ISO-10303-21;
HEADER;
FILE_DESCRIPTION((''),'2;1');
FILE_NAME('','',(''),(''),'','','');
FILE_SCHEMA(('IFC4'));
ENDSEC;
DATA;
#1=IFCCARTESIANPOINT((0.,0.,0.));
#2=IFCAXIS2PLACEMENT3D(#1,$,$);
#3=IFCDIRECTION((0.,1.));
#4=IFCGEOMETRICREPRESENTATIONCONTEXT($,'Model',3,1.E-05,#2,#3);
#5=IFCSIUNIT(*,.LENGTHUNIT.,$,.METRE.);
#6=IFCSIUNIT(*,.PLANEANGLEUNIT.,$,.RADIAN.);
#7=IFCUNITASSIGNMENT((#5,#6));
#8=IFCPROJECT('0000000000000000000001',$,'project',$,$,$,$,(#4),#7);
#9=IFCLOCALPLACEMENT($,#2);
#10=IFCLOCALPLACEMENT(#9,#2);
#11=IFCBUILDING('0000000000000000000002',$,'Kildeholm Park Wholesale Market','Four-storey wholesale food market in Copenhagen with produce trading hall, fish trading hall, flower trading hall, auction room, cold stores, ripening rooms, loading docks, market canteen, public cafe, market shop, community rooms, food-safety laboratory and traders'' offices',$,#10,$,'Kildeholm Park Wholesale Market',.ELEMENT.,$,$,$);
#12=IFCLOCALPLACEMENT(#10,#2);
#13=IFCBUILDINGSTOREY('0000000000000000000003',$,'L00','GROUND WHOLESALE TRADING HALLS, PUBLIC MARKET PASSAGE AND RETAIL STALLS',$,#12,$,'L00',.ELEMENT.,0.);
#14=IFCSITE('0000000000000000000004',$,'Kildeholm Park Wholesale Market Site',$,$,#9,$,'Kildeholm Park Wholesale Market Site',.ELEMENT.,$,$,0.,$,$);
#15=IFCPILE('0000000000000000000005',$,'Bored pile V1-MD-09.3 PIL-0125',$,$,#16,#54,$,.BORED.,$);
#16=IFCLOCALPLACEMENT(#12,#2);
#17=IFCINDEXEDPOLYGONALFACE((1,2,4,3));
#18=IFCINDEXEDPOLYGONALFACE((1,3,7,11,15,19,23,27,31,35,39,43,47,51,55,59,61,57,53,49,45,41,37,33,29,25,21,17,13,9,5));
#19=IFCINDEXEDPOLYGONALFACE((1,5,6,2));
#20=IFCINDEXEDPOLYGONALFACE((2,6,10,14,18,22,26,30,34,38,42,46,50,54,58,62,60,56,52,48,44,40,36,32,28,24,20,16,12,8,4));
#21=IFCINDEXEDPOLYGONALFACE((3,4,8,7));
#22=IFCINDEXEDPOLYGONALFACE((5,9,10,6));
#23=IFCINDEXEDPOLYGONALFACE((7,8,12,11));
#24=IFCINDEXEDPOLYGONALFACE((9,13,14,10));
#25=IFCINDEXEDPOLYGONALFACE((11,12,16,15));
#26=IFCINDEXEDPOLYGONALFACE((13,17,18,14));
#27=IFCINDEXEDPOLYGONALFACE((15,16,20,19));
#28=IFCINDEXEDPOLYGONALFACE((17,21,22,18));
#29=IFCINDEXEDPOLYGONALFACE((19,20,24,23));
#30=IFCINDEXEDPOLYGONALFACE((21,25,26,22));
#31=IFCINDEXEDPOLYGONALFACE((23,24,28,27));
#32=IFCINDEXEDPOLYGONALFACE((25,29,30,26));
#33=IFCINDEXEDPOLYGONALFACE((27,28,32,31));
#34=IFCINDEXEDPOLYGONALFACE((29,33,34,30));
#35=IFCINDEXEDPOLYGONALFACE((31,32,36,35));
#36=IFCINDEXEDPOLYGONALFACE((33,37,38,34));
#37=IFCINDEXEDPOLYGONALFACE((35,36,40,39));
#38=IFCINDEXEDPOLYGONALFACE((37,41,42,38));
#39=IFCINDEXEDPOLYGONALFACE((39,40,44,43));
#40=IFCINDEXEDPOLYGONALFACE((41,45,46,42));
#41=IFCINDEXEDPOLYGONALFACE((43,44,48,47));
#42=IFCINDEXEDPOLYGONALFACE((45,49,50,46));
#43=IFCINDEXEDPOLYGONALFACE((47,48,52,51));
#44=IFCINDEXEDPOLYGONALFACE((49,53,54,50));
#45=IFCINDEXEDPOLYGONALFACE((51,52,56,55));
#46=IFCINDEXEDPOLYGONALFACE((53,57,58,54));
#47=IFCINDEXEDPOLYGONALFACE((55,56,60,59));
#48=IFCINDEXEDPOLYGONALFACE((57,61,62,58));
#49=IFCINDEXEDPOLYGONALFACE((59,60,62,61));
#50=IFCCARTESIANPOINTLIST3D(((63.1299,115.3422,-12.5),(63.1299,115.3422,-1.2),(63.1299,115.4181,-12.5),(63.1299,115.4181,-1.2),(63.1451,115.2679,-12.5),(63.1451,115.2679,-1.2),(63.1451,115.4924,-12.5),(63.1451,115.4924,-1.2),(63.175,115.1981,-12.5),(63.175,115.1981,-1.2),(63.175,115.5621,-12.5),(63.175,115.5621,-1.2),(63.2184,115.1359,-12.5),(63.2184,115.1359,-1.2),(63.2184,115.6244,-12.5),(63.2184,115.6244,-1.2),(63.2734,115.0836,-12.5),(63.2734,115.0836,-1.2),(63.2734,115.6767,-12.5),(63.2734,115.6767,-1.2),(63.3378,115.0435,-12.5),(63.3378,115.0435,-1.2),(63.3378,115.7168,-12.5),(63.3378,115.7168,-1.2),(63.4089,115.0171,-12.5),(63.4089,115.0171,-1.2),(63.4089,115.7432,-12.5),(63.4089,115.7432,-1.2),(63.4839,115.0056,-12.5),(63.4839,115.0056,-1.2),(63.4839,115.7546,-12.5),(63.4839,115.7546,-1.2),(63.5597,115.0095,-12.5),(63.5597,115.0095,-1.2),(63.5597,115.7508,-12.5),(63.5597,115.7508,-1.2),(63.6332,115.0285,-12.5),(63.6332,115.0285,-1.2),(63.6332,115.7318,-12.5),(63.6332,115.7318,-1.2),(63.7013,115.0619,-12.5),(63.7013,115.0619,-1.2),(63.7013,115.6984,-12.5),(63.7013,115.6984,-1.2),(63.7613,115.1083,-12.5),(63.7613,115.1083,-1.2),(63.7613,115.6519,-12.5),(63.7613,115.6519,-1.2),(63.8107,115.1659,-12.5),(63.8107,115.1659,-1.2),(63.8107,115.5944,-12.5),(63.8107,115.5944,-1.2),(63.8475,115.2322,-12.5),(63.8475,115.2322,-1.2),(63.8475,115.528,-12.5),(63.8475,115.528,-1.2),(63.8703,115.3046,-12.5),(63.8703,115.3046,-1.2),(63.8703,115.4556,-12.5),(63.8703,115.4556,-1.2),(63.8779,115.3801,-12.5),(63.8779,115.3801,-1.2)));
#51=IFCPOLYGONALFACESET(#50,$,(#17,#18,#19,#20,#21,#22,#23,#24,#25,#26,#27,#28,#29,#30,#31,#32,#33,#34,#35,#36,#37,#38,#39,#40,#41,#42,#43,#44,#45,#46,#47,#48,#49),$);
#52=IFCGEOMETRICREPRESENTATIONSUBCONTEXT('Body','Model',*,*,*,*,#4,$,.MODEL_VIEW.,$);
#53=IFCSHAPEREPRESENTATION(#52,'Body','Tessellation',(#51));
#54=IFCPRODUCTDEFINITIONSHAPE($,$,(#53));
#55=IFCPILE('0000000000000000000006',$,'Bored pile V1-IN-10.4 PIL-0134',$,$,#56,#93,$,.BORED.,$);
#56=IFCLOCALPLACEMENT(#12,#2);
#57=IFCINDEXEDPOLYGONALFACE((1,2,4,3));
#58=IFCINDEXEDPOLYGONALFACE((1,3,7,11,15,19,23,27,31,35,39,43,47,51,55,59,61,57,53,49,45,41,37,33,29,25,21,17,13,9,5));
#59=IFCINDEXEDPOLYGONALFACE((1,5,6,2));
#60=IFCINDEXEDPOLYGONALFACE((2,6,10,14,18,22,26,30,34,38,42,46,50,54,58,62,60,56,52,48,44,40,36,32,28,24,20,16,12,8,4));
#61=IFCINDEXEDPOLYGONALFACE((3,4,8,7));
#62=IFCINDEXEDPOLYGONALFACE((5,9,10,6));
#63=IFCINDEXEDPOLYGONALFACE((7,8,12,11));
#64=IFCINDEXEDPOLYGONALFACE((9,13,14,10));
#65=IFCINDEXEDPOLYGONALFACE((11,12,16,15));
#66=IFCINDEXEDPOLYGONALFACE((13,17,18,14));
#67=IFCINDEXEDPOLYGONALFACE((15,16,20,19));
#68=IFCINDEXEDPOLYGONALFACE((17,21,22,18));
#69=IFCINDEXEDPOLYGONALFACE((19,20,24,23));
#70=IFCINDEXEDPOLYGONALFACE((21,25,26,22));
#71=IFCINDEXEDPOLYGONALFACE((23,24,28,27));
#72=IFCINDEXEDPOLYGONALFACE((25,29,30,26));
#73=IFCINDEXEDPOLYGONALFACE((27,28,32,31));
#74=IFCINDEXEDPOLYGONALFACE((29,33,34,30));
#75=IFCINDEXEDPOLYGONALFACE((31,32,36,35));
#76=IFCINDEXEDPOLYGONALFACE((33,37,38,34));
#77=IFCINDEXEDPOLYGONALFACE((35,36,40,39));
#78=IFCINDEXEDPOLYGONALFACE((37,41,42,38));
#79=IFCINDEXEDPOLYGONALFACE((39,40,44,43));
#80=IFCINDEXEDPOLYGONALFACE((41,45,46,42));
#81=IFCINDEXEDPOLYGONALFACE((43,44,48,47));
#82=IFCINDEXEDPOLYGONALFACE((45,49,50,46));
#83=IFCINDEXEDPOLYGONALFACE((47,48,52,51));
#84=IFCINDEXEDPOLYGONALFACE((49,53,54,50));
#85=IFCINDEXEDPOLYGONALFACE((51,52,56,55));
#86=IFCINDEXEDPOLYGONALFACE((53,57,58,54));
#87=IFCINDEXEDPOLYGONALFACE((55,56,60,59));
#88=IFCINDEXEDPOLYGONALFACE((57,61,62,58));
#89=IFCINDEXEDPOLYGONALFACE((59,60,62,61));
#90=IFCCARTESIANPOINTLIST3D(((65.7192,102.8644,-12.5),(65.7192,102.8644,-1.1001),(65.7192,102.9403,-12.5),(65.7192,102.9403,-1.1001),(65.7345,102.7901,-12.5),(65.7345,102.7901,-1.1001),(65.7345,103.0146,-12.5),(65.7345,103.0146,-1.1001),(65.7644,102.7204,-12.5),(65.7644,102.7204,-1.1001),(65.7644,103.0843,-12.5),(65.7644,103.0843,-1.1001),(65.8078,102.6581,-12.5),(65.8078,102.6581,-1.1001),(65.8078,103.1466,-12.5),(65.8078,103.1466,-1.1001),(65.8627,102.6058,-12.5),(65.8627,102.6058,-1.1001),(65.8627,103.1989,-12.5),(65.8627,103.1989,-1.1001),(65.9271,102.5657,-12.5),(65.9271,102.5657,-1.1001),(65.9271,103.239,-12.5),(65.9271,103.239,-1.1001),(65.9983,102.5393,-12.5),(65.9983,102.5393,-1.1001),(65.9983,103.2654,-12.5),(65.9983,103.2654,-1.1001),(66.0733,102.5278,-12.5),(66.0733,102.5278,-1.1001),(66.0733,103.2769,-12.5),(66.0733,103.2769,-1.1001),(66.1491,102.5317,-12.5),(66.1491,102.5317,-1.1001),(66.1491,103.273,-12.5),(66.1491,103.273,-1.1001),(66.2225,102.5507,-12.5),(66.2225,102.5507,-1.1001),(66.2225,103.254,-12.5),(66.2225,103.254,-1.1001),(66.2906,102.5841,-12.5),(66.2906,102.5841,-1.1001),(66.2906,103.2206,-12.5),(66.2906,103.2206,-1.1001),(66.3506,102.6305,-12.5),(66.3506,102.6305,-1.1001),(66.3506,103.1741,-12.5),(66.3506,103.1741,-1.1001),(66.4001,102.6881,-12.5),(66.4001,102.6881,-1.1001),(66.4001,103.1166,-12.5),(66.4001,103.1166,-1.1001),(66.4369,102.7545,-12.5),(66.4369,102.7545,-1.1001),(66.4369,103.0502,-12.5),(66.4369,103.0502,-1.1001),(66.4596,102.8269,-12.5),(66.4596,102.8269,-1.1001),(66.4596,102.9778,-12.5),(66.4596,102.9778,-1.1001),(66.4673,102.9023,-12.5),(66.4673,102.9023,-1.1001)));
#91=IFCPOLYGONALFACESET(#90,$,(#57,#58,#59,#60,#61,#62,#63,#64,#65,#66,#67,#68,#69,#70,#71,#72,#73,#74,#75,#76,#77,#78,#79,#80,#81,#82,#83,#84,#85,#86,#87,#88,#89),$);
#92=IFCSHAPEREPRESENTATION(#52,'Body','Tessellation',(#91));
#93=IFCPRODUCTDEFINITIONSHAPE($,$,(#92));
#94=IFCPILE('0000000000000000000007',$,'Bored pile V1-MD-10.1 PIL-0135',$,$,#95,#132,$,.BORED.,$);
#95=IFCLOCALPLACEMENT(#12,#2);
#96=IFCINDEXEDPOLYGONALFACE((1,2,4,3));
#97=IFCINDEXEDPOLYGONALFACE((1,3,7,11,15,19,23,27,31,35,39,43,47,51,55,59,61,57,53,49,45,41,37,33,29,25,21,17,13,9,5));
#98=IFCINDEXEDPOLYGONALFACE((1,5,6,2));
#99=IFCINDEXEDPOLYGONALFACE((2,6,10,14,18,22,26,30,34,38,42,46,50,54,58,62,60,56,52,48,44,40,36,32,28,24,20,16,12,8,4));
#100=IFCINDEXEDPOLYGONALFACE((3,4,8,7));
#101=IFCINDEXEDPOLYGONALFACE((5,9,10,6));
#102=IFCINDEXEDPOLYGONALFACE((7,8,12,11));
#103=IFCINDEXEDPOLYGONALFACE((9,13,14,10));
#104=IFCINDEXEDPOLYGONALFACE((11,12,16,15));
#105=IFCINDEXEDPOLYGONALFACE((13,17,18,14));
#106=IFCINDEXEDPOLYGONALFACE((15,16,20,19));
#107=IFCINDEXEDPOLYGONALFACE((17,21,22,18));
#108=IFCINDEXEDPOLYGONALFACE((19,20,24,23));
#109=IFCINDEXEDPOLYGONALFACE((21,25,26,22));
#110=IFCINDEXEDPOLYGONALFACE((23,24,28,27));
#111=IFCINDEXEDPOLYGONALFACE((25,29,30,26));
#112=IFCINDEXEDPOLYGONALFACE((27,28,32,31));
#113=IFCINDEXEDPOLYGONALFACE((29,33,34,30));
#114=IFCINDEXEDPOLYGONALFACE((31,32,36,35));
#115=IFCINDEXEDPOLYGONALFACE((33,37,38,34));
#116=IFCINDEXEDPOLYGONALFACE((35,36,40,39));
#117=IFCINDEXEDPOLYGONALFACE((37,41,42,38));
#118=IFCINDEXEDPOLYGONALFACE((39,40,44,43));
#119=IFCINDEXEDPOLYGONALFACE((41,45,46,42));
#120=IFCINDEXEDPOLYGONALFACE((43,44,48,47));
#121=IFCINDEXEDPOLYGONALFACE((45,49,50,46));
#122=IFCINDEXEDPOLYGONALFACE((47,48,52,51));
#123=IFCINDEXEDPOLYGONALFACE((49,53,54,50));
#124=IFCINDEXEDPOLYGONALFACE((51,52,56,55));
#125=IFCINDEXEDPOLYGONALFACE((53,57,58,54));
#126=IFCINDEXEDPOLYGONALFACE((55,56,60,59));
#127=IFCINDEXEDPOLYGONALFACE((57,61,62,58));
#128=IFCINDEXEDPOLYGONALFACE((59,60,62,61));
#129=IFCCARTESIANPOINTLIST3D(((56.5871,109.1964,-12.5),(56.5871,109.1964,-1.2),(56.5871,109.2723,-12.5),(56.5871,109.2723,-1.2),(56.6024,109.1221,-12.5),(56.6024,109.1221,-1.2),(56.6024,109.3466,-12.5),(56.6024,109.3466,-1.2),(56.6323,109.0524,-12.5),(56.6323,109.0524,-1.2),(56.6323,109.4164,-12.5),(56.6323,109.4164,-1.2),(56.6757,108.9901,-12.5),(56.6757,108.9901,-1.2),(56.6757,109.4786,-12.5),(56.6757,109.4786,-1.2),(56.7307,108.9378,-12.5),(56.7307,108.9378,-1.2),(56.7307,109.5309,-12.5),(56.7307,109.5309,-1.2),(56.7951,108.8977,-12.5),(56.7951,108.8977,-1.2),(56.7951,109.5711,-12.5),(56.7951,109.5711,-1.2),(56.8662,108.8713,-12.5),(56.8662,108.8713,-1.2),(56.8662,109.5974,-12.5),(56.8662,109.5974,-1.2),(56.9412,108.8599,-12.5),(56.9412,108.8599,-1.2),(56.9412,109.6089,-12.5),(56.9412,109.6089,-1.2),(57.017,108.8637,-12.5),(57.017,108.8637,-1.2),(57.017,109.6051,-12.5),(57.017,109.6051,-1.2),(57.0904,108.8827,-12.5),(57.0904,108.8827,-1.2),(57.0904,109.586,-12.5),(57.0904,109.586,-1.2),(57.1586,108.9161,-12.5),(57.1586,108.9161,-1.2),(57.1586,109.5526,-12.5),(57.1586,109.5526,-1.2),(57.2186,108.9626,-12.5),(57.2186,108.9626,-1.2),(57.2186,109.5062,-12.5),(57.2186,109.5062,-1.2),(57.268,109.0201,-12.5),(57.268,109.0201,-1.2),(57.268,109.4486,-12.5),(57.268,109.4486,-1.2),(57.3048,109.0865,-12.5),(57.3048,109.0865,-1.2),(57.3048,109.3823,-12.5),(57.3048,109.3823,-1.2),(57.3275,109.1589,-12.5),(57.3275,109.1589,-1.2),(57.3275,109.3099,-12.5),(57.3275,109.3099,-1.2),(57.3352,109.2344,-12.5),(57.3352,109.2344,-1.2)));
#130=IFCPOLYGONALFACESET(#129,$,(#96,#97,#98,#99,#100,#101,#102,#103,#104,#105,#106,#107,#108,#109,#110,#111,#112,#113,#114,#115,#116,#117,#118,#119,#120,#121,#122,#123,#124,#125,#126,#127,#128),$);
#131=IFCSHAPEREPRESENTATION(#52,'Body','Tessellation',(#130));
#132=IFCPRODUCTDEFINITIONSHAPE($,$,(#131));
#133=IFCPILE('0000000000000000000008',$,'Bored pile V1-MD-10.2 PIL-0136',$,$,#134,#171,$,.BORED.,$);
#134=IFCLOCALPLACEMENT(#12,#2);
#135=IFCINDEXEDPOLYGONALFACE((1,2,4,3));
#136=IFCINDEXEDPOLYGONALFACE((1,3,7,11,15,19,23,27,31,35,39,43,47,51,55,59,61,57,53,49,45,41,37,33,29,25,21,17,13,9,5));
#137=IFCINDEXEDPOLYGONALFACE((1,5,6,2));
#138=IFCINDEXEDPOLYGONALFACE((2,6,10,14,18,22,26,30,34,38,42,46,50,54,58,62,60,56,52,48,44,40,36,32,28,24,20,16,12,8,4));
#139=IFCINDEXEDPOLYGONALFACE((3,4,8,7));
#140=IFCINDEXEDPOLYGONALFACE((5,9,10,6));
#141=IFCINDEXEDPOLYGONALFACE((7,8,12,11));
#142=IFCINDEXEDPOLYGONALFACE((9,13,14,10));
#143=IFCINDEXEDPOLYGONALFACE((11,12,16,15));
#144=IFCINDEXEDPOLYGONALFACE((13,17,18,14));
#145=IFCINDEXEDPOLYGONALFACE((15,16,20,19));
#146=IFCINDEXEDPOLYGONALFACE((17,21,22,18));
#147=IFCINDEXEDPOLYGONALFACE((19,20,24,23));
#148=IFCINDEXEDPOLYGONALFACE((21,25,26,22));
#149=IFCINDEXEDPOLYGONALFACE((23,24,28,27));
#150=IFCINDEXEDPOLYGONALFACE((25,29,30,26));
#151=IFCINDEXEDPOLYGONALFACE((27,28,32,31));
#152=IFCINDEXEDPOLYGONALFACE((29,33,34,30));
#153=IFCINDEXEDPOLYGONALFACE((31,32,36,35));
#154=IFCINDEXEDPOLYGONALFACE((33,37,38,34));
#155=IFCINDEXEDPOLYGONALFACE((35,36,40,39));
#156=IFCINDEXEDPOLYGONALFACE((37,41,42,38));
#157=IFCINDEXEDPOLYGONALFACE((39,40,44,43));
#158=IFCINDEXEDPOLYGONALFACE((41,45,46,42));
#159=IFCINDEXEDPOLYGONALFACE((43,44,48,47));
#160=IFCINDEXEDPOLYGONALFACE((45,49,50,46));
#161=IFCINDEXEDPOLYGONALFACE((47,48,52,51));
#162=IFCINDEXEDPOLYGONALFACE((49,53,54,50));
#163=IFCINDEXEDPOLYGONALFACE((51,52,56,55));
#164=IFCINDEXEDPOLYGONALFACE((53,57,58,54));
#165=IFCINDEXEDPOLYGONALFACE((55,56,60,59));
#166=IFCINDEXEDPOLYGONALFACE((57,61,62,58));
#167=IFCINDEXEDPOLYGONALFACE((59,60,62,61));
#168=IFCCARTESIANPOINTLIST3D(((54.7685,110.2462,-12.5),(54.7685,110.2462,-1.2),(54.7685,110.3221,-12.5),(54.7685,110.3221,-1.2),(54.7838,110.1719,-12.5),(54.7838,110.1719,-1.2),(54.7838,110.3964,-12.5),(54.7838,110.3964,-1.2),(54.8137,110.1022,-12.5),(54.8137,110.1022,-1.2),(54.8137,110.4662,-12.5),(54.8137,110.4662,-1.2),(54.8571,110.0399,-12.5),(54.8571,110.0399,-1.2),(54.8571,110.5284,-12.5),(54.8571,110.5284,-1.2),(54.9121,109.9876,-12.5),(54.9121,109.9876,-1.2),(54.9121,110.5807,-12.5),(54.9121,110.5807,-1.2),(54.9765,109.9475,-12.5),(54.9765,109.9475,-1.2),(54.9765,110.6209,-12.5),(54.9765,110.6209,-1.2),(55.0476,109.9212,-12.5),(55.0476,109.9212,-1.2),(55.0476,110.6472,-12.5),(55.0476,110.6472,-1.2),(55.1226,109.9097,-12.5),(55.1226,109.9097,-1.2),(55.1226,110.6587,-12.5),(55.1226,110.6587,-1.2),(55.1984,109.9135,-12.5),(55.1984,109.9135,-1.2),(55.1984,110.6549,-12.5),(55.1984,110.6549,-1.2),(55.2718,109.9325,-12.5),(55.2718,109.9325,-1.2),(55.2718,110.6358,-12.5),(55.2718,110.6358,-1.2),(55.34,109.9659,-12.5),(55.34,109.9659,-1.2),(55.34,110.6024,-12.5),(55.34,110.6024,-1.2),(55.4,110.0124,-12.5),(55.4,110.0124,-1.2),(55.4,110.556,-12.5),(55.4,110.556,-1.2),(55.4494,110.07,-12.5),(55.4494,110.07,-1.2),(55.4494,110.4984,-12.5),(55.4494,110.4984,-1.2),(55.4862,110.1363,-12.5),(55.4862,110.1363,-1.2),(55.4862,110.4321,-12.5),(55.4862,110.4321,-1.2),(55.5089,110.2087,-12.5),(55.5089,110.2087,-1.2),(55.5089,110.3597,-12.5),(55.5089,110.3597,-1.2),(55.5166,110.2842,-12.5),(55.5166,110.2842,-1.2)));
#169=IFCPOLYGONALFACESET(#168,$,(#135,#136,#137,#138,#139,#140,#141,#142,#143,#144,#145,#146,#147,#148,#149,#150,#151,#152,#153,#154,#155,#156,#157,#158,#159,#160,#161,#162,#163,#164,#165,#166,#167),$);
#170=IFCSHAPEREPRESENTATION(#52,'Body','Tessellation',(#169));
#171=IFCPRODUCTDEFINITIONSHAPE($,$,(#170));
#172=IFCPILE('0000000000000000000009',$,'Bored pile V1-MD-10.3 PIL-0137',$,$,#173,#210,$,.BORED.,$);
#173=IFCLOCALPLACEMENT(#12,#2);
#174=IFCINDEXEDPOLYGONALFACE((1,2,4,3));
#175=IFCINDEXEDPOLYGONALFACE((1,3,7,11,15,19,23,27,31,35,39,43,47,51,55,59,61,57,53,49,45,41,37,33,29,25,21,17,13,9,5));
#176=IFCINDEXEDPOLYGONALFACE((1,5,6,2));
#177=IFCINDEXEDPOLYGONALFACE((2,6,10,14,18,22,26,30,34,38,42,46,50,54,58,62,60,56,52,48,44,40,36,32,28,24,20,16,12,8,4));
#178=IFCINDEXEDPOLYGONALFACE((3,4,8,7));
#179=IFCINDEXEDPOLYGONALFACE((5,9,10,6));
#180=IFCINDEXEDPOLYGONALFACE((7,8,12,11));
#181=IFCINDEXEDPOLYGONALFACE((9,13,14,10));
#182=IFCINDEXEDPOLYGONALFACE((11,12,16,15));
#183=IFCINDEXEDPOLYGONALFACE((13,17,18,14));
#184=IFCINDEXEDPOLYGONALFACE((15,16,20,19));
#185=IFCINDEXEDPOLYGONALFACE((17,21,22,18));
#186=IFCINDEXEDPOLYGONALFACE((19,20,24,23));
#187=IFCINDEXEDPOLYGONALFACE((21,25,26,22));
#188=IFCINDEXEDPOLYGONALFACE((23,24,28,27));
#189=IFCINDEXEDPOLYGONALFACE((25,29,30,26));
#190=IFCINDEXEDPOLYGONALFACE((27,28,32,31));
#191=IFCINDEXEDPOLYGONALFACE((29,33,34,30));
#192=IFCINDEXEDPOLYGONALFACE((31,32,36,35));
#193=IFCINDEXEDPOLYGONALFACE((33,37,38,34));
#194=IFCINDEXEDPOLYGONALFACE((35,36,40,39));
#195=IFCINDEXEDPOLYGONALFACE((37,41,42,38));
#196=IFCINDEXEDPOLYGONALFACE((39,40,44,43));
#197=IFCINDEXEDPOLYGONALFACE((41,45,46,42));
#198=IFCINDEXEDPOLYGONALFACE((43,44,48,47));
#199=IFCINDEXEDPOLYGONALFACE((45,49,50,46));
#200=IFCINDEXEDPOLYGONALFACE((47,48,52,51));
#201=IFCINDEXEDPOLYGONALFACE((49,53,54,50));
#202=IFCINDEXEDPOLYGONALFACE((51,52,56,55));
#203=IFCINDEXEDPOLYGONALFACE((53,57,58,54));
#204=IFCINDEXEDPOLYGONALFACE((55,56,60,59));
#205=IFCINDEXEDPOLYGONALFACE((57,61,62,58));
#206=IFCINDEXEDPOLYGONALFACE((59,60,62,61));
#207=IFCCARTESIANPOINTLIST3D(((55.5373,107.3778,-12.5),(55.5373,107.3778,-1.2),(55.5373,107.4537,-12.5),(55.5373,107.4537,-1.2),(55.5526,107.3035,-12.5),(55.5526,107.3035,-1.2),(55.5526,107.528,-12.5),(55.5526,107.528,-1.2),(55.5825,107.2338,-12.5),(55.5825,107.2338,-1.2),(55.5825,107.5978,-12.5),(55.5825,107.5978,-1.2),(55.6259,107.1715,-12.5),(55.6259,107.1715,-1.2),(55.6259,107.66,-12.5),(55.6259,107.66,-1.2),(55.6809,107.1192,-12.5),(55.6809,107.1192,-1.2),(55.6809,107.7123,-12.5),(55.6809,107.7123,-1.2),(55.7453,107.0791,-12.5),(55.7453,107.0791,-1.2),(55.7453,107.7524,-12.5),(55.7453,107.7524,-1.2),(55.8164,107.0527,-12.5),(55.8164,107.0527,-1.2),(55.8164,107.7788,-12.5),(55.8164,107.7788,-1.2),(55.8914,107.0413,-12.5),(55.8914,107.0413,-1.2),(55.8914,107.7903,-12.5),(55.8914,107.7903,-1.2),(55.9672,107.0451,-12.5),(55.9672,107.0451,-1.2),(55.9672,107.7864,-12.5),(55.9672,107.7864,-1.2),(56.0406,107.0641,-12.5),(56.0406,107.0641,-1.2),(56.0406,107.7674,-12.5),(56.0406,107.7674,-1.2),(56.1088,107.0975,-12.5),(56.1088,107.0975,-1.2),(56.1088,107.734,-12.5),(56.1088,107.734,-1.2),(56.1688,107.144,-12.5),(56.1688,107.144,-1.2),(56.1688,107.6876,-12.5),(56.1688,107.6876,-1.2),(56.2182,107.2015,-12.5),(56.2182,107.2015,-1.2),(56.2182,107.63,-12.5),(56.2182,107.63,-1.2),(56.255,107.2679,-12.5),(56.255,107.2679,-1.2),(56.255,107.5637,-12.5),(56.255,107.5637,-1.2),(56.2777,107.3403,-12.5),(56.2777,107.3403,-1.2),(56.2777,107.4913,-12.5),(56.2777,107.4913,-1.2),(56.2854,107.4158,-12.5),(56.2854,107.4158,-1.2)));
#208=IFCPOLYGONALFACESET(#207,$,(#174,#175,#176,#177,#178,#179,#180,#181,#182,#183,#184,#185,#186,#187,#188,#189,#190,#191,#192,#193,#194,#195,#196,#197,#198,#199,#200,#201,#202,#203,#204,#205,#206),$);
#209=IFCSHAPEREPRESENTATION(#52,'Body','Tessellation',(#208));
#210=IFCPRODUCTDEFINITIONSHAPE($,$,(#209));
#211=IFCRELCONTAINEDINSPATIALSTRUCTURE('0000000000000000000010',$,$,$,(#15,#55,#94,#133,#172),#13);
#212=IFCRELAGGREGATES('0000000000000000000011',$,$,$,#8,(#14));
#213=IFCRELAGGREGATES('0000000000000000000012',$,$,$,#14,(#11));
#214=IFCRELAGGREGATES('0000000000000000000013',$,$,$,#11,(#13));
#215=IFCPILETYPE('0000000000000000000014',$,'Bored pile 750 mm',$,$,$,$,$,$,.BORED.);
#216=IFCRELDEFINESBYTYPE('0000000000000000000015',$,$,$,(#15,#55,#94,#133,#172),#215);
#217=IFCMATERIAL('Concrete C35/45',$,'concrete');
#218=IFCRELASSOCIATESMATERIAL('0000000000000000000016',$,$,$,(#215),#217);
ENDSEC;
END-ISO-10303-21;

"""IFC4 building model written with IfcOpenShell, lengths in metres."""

from ifc_helpers import new_model, si_unit, direction, frame, origin, origin_2d, place, context, subcontext, project, spatial, circle, extrude, material, material_profile, profile_set, type_object, element, save


model = new_model("IFC4")

# Units and contexts
model_context = context("Model", 3, precision=1e-05, world=origin(), true_north=direction((0.0, 1.0)))
body_context = subcontext(model_context, "Body", "Model", "MODEL_VIEW")
ifc_project = project(units=[si_unit("LENGTHUNIT", "METRE"), si_unit("PLANEANGLEUNIT", "RADIAN")], contexts=[model_context])

# Site, building, storey
site_placement = place(None, origin())
site = spatial("IfcSite", under=ifc_project, at=site_placement, Name="Kildeholm Park Wholesale Market Site", LongName="Kildeholm Park Wholesale Market Site", CompositionType="ELEMENT", RefElevation=0.0)
building_placement = place(site_placement, origin())
building = spatial("IfcBuilding", under=site, at=building_placement, Name="Kildeholm Park Wholesale Market", Description="Four-storey wholesale food market in Copenhagen with produce trading hall, fish trading hall, flower trading hall, auction room, cold stores, ripening rooms, loading docks, market canteen, public cafe, market shop, community rooms, food-safety laboratory and traders' offices", LongName="Kildeholm Park Wholesale Market", CompositionType="ELEMENT")
storey_placement = place(building_placement, origin())
storey = spatial("IfcBuildingStorey", under=building, at=storey_placement, Name="L00", Description="GROUND WHOLESALE TRADING HALLS, PUBLIC MARKET PASSAGE AND RETAIL STALLS", LongName="L00", CompositionType="ELEMENT", Elevation=0.0)

# Piles
ifc_material_1 = material(Name="Concrete C35/45", Category="concrete")
ifc_material_profile_1 = material_profile(ifc_material_1, circle(Radius=0.375, at=origin_2d()), Name="PILE D750")
ifc_profile_set_1 = profile_set([ifc_material_profile_1], Name="Concrete C35/45")
pile_type_1 = type_object("IfcPileType", Name="Bored pile 750 mm", PredefinedType="BORED", material=ifc_profile_set_1)
pile_1_placement = place(storey_placement, frame((63.5029, 115.3801, -1.2), z_axis=(0.0, 0.0, -1.0), x_axis=(1.0, 0.0, 0.0)))
element("IfcPile", 1, at=pile_1_placement, inside=storey, type_object=pile_type_1, Name="Bored pile V1-MD-09.3 PIL-0125", PredefinedType="BORED", context=body_context, shape_type="SweptSolid", body=[
    extrude(circle(Radius=0.375, at=origin_2d()), origin(), (0.0, 0.0, 1.0), 11.3),
])
pile_2_placement = place(storey_placement, frame((66.0923, 102.9023, -1.1001), z_axis=(0.0, 0.0, -1.0), x_axis=(1.0, 0.0, 0.0)))
element("IfcPile", 2, at=pile_2_placement, inside=storey, type_object=pile_type_1, Name="Bored pile V1-IN-10.4 PIL-0134", PredefinedType="BORED", context=body_context, shape_type="SweptSolid", body=[
    extrude(circle(Radius=0.375, at=origin_2d()), origin(), (0.0, 0.0, 1.0), 11.3999),
])
for number, where, z_axis, x_axis, name in (
    (3, (56.9602, 109.2344, -1.2), (0.0, 0.0, -1.0), (1.0, 0.0, 0.0), "Bored pile V1-MD-10.1 PIL-0135"),
    (4, (55.1416, 110.2842, -1.2), (0.0, 0.0, -1.0), (1.0, 0.0, 0.0), "Bored pile V1-MD-10.2 PIL-0136"),
    (5, (55.9104, 107.4158, -1.2), (0.0, 0.0, -1.0), (1.0, 0.0, 0.0), "Bored pile V1-MD-10.3 PIL-0137"),
):
    element("IfcPile", number, at=place(storey_placement, frame(where, z_axis=z_axis, x_axis=x_axis)), inside=storey, type_object=pile_type_1, Name=name, PredefinedType="BORED", context=body_context, shape_type="SweptSolid", body=[
        extrude(circle(Radius=0.375, at=origin_2d()), origin(), (0.0, 0.0, 1.0), 11.3),
    ])

save(model, "model.ifc")
